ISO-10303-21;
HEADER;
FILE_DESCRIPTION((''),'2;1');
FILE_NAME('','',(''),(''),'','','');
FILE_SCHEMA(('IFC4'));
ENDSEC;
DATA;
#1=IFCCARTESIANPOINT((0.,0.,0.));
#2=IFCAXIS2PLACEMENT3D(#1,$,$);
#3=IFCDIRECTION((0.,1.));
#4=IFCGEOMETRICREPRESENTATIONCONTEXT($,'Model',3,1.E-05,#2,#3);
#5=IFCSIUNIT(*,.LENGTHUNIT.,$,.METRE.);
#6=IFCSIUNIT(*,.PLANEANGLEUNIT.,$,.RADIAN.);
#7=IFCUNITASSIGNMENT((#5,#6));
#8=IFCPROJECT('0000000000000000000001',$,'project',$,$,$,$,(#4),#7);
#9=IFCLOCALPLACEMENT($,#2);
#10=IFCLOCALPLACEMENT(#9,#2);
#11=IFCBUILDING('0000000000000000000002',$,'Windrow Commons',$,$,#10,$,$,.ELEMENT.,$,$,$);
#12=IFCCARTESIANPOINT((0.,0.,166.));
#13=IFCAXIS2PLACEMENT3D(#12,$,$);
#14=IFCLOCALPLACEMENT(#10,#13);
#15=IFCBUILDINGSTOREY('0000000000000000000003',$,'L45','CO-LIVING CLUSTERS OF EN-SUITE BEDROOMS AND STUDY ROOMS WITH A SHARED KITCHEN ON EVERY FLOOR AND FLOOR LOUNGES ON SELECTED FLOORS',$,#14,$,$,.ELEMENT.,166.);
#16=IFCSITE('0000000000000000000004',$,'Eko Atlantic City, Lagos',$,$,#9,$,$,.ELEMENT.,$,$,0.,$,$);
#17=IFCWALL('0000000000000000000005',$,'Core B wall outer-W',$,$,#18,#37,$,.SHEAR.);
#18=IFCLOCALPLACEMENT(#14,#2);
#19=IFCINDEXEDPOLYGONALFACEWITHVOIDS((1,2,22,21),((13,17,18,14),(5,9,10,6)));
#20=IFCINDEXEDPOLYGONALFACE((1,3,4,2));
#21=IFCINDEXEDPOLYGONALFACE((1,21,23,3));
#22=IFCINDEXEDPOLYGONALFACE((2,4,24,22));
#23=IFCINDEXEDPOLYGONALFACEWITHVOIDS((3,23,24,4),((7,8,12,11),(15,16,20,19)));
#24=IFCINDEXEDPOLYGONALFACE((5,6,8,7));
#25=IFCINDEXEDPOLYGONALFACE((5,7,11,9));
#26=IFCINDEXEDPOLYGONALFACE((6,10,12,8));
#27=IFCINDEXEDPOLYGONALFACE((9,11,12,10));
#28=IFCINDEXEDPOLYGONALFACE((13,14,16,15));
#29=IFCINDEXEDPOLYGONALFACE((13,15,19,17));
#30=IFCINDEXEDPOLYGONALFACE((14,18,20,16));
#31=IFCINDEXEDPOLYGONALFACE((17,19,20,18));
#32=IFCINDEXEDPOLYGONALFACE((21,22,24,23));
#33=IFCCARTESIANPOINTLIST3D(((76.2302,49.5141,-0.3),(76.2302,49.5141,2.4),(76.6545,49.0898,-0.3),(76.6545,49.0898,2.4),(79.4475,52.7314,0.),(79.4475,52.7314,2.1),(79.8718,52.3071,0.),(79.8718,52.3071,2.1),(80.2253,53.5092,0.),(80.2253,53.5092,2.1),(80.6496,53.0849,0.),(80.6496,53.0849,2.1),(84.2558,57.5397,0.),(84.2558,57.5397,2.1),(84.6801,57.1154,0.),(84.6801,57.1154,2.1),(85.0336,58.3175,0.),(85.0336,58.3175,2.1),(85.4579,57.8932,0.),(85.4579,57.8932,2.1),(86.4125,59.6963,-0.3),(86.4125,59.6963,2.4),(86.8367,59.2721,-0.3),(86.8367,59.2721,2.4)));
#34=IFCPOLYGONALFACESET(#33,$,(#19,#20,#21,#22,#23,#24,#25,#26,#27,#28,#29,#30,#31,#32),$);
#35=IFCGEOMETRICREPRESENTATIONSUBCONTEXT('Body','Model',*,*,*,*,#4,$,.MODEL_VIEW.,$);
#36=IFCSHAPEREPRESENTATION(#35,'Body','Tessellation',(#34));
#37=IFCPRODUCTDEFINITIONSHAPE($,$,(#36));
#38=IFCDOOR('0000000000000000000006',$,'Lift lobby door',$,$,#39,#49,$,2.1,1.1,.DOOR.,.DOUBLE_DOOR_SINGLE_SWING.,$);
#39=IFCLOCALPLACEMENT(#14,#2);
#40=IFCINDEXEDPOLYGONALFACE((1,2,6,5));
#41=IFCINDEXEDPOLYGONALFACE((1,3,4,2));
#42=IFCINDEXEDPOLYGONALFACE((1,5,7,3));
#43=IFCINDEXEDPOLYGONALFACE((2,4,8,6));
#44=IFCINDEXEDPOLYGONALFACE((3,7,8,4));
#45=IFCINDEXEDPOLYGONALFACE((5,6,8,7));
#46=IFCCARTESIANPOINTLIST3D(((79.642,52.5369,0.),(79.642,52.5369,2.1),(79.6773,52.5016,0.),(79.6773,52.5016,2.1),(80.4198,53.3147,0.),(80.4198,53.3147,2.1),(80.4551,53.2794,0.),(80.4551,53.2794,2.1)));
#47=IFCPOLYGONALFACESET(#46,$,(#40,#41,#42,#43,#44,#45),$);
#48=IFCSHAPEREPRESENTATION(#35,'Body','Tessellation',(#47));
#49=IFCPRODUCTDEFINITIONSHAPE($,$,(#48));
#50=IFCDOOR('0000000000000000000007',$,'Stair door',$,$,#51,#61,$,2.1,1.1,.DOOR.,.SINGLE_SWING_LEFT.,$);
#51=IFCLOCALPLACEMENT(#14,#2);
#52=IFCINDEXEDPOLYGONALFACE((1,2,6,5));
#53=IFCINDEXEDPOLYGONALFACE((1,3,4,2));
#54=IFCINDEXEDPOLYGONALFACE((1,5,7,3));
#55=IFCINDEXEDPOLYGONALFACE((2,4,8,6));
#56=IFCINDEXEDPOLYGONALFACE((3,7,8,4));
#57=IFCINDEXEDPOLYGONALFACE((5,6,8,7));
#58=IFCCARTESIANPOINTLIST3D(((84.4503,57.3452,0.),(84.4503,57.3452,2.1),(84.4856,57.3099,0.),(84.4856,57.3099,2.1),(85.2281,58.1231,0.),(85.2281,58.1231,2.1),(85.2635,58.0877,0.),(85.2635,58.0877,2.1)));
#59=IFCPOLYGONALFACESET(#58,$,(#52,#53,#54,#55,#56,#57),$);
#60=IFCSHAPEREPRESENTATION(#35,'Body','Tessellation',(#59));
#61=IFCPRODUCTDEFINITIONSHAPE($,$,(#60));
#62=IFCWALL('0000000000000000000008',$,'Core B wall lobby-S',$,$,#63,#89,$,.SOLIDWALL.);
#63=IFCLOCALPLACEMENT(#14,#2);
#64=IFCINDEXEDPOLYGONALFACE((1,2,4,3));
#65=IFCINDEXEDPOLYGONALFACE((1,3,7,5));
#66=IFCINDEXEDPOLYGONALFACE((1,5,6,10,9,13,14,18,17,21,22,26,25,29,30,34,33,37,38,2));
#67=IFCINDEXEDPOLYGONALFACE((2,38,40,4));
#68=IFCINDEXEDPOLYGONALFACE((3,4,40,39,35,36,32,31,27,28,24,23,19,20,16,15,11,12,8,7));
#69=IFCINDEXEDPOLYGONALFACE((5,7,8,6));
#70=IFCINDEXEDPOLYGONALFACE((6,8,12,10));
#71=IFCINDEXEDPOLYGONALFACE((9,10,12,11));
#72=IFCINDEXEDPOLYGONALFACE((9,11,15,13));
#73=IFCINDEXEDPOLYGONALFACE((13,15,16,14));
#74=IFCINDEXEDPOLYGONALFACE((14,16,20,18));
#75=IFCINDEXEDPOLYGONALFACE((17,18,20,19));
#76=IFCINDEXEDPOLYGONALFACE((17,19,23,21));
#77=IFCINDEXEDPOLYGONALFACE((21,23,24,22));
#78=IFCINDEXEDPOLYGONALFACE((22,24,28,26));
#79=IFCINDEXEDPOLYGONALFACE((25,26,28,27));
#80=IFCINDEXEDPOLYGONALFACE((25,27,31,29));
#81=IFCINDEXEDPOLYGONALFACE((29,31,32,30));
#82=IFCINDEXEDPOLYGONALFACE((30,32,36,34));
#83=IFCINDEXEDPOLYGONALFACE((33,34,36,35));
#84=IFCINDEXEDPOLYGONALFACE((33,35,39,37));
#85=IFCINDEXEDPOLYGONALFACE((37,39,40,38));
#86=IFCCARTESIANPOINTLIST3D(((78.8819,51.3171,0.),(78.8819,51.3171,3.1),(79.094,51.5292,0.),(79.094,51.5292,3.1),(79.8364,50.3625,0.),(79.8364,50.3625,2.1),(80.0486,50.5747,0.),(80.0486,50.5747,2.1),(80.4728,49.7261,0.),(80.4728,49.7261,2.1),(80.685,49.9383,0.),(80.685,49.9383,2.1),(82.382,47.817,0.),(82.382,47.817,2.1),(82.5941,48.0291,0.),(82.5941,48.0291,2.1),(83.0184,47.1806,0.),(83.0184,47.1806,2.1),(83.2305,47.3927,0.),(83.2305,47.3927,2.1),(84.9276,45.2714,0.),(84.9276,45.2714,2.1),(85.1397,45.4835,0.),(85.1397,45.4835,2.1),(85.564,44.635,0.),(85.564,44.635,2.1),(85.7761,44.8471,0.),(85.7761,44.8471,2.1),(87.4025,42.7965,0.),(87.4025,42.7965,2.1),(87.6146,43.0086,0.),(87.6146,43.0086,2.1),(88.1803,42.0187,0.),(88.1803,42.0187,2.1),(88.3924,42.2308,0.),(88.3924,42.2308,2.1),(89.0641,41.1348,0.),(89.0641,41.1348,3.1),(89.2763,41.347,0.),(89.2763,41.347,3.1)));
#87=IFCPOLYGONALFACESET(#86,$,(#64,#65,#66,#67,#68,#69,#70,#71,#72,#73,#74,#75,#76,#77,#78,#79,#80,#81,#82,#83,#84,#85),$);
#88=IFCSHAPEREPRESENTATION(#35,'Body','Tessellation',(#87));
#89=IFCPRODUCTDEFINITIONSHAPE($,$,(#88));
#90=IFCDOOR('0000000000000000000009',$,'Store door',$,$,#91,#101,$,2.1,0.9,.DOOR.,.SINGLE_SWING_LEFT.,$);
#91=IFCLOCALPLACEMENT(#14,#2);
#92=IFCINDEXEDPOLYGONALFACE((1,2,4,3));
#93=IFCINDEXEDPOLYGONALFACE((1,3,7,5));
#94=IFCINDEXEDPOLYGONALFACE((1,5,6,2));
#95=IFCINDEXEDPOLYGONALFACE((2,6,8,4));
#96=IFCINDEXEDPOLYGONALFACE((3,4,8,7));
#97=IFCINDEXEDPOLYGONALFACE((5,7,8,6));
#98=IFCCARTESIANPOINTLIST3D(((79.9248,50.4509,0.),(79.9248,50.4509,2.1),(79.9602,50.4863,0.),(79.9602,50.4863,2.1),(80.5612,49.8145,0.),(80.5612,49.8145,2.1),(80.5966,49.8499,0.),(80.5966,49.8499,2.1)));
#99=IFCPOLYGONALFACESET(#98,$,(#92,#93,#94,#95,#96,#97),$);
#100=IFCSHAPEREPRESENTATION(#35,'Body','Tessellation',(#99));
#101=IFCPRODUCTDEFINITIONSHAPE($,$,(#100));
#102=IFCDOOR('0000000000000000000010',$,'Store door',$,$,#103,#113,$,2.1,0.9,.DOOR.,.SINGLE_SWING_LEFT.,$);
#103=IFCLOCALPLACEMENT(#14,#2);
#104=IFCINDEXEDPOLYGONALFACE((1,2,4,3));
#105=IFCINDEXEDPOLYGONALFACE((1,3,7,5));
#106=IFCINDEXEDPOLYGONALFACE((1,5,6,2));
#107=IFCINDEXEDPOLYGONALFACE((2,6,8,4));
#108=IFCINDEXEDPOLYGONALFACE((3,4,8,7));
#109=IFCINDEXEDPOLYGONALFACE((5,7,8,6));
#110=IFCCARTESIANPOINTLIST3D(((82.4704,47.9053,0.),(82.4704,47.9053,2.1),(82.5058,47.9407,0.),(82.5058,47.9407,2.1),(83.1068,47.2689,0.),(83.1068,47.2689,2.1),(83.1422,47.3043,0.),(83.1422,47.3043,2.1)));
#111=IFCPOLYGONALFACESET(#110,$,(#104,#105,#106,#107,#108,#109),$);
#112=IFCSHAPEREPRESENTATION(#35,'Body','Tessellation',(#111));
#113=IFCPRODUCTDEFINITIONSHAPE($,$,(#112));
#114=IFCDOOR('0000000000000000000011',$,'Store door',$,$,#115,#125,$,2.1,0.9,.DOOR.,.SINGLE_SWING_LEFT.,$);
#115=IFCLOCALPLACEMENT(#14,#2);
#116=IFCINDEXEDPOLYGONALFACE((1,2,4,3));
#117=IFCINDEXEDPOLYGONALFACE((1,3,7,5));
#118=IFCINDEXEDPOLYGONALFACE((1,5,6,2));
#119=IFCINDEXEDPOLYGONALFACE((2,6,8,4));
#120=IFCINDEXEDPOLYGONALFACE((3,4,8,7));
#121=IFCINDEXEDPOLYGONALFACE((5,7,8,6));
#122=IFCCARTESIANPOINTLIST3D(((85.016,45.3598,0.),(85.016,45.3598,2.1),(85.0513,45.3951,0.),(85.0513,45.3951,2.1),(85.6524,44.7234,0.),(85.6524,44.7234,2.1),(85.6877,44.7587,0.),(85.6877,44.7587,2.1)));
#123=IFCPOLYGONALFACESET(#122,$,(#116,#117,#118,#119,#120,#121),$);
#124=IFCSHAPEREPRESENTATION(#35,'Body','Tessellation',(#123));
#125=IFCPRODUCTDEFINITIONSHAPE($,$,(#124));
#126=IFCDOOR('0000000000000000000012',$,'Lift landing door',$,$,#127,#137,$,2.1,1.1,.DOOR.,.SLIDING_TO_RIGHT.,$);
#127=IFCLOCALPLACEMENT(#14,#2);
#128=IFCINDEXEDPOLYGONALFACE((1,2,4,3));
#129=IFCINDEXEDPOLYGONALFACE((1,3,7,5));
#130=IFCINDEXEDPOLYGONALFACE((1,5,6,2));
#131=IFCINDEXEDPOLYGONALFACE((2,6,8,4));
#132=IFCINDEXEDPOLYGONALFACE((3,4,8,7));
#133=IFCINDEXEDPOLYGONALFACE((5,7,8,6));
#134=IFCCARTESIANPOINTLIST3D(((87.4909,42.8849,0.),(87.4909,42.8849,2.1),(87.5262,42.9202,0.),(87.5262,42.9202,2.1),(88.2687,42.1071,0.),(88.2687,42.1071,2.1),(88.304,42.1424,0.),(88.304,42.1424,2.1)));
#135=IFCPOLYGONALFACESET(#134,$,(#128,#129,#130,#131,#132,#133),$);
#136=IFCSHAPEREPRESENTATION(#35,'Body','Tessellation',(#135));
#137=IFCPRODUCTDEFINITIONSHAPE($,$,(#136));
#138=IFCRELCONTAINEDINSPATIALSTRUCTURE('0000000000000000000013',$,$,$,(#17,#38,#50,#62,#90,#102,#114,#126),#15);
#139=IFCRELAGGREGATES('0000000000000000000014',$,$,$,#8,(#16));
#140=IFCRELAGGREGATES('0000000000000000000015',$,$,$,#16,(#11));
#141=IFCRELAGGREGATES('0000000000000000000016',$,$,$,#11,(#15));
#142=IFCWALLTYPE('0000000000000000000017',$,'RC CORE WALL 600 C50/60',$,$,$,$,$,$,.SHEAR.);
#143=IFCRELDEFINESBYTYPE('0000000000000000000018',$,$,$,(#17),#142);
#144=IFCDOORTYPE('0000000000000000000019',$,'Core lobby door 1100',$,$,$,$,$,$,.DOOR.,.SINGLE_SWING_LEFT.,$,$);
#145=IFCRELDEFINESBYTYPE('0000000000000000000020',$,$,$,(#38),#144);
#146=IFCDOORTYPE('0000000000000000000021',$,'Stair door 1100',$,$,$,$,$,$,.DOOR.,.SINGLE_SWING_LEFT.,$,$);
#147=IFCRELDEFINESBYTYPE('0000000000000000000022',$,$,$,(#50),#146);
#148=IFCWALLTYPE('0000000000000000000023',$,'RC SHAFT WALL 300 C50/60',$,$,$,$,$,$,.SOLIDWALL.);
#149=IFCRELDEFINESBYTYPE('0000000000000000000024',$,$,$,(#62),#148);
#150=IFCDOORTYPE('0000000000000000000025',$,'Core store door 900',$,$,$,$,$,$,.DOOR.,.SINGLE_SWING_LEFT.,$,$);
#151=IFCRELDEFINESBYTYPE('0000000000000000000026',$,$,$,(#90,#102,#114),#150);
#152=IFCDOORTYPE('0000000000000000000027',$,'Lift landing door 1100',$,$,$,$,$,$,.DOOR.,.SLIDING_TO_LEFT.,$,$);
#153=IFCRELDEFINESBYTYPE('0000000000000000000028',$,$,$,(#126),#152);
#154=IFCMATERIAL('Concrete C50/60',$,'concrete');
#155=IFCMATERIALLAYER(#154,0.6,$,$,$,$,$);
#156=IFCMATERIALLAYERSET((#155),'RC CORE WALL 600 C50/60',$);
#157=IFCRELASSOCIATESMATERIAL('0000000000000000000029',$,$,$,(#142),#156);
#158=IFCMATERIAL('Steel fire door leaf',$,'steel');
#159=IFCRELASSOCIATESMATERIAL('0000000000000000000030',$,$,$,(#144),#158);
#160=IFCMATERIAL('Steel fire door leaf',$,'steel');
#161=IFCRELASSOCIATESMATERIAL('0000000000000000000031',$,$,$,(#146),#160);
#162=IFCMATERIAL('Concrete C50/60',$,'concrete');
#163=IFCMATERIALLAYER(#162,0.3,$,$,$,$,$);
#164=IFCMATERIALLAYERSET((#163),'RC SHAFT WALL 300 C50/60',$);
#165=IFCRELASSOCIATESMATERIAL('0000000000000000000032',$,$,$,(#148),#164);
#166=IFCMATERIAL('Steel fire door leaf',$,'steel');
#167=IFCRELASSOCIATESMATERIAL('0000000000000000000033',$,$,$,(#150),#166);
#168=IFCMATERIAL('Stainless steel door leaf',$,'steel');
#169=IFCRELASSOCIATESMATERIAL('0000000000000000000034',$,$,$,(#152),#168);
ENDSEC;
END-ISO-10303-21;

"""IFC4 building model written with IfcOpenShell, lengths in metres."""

from ifc_helpers import new_model, si_unit, direction, frame, frame_2d, origin, place, context, subcontext, project, spatial, rectangle, extrude, material, layer, layer_set, type_object, element, fill, save


model = new_model("IFC4")

# Units and contexts
model_context = context("Model", 3, precision=1e-05, world=origin(), true_north=direction((0.0, 1.0)))
body_context = subcontext(model_context, "Body", "Model", "MODEL_VIEW")
ifc_project = project(units=[si_unit("LENGTHUNIT", "METRE"), si_unit("PLANEANGLEUNIT", "RADIAN")], contexts=[model_context])

# Site, building, storey
site_placement = place(None, origin())
site = spatial("IfcSite", under=ifc_project, at=site_placement, Name="Eko Atlantic City, Lagos", CompositionType="ELEMENT", RefElevation=0.0)
building_placement = place(site_placement, origin())
building = spatial("IfcBuilding", under=site, at=building_placement, Name="Windrow Commons", CompositionType="ELEMENT")
storey_placement = place(building_placement, frame((0.0, 0.0, 166.0)))
storey = spatial("IfcBuildingStorey", under=building, at=storey_placement, Name="L45", Description="CO-LIVING CLUSTERS OF EN-SUITE BEDROOMS AND STUDY ROOMS WITH A SHARED KITCHEN ON EVERY FLOOR AND FLOOR LOUNGES ON SELECTED FLOORS", CompositionType="ELEMENT", Elevation=166.0)

# Shared definitions
ifc_material_1 = material(Name="Concrete C50/60", Category="concrete")
ifc_layer_1 = layer(ifc_material_1, 0.6)
ifc_layer_set_1 = layer_set([ifc_layer_1], Name="RC CORE WALL 600 C50/60")
wall_type_1 = type_object("IfcWallType", Name="RC CORE WALL 600 C50/60", PredefinedType="SHEAR", material=ifc_layer_set_1)
ifc_material_2 = material(Name="Steel fire door leaf", Category="steel")
door_type_1 = type_object("IfcDoorType", Name="Core lobby door 1100", OperationType="SINGLE_SWING_LEFT", PredefinedType="DOOR", material=ifc_material_2)
ifc_material_3 = material(Name="Steel fire door leaf", Category="steel")
door_type_2 = type_object("IfcDoorType", Name="Stair door 1100", OperationType="SINGLE_SWING_LEFT", PredefinedType="DOOR", material=ifc_material_3)

# Walls, openings, doors
wall_1_placement = place(storey_placement, frame((76.4423, 49.3019, -0.3), z_axis=(0.0, 0.0, 1.0), x_axis=(0.707107, 0.707107, 0.0)))
wall_1 = element("IfcWall", 1, at=wall_1_placement, inside=storey, type_object=wall_type_1, Name="Core B wall outer-W", PredefinedType="SHEAR", context=body_context, shape_type="SweptSolid", body=[
    extrude(rectangle(XDim=14.3999, YDim=0.6, at=frame_2d((7.2, 0.0))), origin(), (0.0, 0.0, 1.0), 2.7),
])
opening_1_placement = place(wall_1_placement, frame((4.55, 0.0, 0.3)))
opening_1 = element("IfcOpeningElement", 2, at=opening_1_placement, cuts=wall_1, PredefinedType="OPENING", context=body_context, shape_type="SweptSolid", body=[
    extrude(rectangle(XDim=1.1, YDim=2.1, at=frame_2d((0.55, 1.05))), frame((0.0, 0.31, 0.0), z_axis=(0.0, -1.0, 0.0), x_axis=(1.0, 0.0, 0.0)), (0.0, 0.0, 1.0), 0.62),
])
opening_2_placement = place(wall_1_placement, frame((11.35, 0.0, 0.3)))
opening_2 = element("IfcOpeningElement", 3, at=opening_2_placement, cuts=wall_1, PredefinedType="OPENING", context=body_context, shape_type="SweptSolid", body=[
    extrude(rectangle(XDim=1.1, YDim=2.1, at=frame_2d((0.55, 1.05))), frame((0.0, 0.31, 0.0), z_axis=(0.0, -1.0, 0.0), x_axis=(1.0, 0.0, 0.0)), (0.0, 0.0, 1.0), 0.62),
])
door_1_placement = place(opening_1_placement, origin())
door_1 = element("IfcDoor", 4, at=door_1_placement, inside=storey, type_object=door_type_1, Name="Lift lobby door", OperationType="DOUBLE_DOOR_SINGLE_SWING", OverallHeight=2.1, OverallWidth=1.1, PredefinedType="DOOR", context=body_context, shape_type="SweptSolid", body=[
    extrude(rectangle(XDim=1.1, YDim=2.1, at=frame_2d((0.55, 1.05))), frame((0.0, 0.025, 0.0), z_axis=(0.0, -1.0, 0.0), x_axis=(1.0, 0.0, 0.0)), (0.0, 0.0, 1.0), 0.05),
])
fill(opening_1, door_1)
door_2_placement = place(opening_2_placement, origin())
door_2 = element("IfcDoor", 5, at=door_2_placement, inside=storey, type_object=door_type_2, Name="Stair door", OperationType="SINGLE_SWING_LEFT", OverallHeight=2.1, OverallWidth=1.1, PredefinedType="DOOR", context=body_context, shape_type="SweptSolid", body=[
    extrude(rectangle(XDim=1.1, YDim=2.1, at=frame_2d((0.55, 1.05))), frame((0.0, 0.025, 0.0), z_axis=(0.0, -1.0, 0.0), x_axis=(1.0, 0.0, 0.0)), (0.0, 0.0, 1.0), 0.05),
])
fill(opening_2, door_2)
ifc_material_4 = material(Name="Concrete C50/60", Category="concrete")
ifc_layer_2 = layer(ifc_material_4, 0.3)
ifc_layer_set_2 = layer_set([ifc_layer_2], Name="RC SHAFT WALL 300 C50/60")
wall_type_2 = type_object("IfcWallType", Name="RC SHAFT WALL 300 C50/60", PredefinedType="SOLIDWALL", material=ifc_layer_set_2)
wall_2_placement = place(storey_placement, frame((78.9879, 51.4232, 0.0), z_axis=(0.0, 0.0, 1.0), x_axis=(0.707107, -0.707107, 0.0)))
wall_2 = element("IfcWall", 6, at=wall_2_placement, inside=storey, type_object=wall_type_2, Name="Core B wall lobby-S", PredefinedType="SOLIDWALL", context=body_context, shape_type="SweptSolid", body=[
    extrude(rectangle(XDim=14.3999, YDim=0.3, at=frame_2d((7.2, 0.0))), origin(), (0.0, 0.0, 1.0), 3.1),
])
opening_3_placement = place(wall_2_placement, frame((1.35, 0.0, 0.0)))
opening_3 = element("IfcOpeningElement", 7, at=opening_3_placement, cuts=wall_2, PredefinedType="OPENING", context=body_context, shape_type="SweptSolid", body=[
    extrude(rectangle(XDim=0.9, YDim=2.1, at=frame_2d((0.45, 1.05))), frame((0.0, 0.16, 0.0), z_axis=(0.0, -1.0, 0.0), x_axis=(1.0, 0.0, 0.0)), (0.0, 0.0, 1.0), 0.32),
])
opening_4_placement = place(wall_2_placement, frame((4.95, 0.0, 0.0)))
opening_4 = element("IfcOpeningElement", 8, at=opening_4_placement, cuts=wall_2, PredefinedType="OPENING", context=body_context, shape_type="SweptSolid", body=[
    extrude(rectangle(XDim=0.9, YDim=2.1, at=frame_2d((0.45, 1.05))), frame((0.0, 0.16, 0.0), z_axis=(0.0, -1.0, 0.0), x_axis=(1.0, 0.0, 0.0)), (0.0, 0.0, 1.0), 0.32),
])
opening_5_placement = place(wall_2_placement, frame((8.55, 0.0, 0.0)))
opening_5 = element("IfcOpeningElement", 9, at=opening_5_placement, cuts=wall_2, PredefinedType="OPENING", context=body_context, shape_type="SweptSolid", body=[
    extrude(rectangle(XDim=0.9, YDim=2.1, at=frame_2d((0.45, 1.05))), frame((0.0, 0.16, 0.0), z_axis=(0.0, -1.0, 0.0), x_axis=(1.0, 0.0, 0.0)), (0.0, 0.0, 1.0), 0.32),
])
opening_6_placement = place(wall_2_placement, frame((12.05, 0.0, 0.0)))
opening_6 = element("IfcOpeningElement", 10, at=opening_6_placement, cuts=wall_2, PredefinedType="OPENING", context=body_context, shape_type="SweptSolid", body=[
    extrude(rectangle(XDim=1.1, YDim=2.1, at=frame_2d((0.55, 1.05))), frame((0.0, 0.16, 0.0), z_axis=(0.0, -1.0, 0.0), x_axis=(1.0, 0.0, 0.0)), (0.0, 0.0, 1.0), 0.32),
])
ifc_material_5 = material(Name="Steel fire door leaf", Category="steel")
door_type_3 = type_object("IfcDoorType", Name="Core store door 900", OperationType="SINGLE_SWING_LEFT", PredefinedType="DOOR", material=ifc_material_5)
door_3_placement = place(opening_3_placement, origin())
door_3 = element("IfcDoor", 11, at=door_3_placement, inside=storey, type_object=door_type_3, Name="Store door", OperationType="SINGLE_SWING_LEFT", OverallHeight=2.1, OverallWidth=0.9, PredefinedType="DOOR", context=body_context, shape_type="SweptSolid", body=[
    extrude(rectangle(XDim=0.9, YDim=2.1, at=frame_2d((0.45, 1.05))), frame((0.0, 0.025, 0.0), z_axis=(0.0, -1.0, 0.0), x_axis=(1.0, 0.0, 0.0)), (0.0, 0.0, 1.0), 0.05),
])
fill(opening_3, door_3)
door_4_placement = place(opening_4_placement, origin())
door_4 = element("IfcDoor", 12, at=door_4_placement, inside=storey, type_object=door_type_3, Name="Store door", OperationType="SINGLE_SWING_LEFT", OverallHeight=2.1, OverallWidth=0.9, PredefinedType="DOOR", context=body_context, shape_type="SweptSolid", body=[
    extrude(rectangle(XDim=0.9, YDim=2.1, at=frame_2d((0.45, 1.05))), frame((0.0, 0.025, 0.0), z_axis=(0.0, -1.0, 0.0), x_axis=(1.0, 0.0, 0.0)), (0.0, 0.0, 1.0), 0.05),
])
fill(opening_4, door_4)
door_5_placement = place(opening_5_placement, origin())
door_5 = element("IfcDoor", 13, at=door_5_placement, inside=storey, type_object=door_type_3, Name="Store door", OperationType="SINGLE_SWING_LEFT", OverallHeight=2.1, OverallWidth=0.9, PredefinedType="DOOR", context=body_context, shape_type="SweptSolid", body=[
    extrude(rectangle(XDim=0.9, YDim=2.1, at=frame_2d((0.45, 1.05))), frame((0.0, 0.025, 0.0), z_axis=(0.0, -1.0, 0.0), x_axis=(1.0, 0.0, 0.0)), (0.0, 0.0, 1.0), 0.05),
])
fill(opening_5, door_5)
ifc_material_6 = material(Name="Stainless steel door leaf", Category="steel")
door_type_4 = type_object("IfcDoorType", Name="Lift landing door 1100", OperationType="SLIDING_TO_LEFT", PredefinedType="DOOR", material=ifc_material_6)
door_6_placement = place(opening_6_placement, origin())
door_6 = element("IfcDoor", 14, at=door_6_placement, inside=storey, type_object=door_type_4, Name="Lift landing door", OperationType="SLIDING_TO_RIGHT", OverallHeight=2.1, OverallWidth=1.1, PredefinedType="DOOR", context=body_context, shape_type="SweptSolid", body=[
    extrude(rectangle(XDim=1.1, YDim=2.1, at=frame_2d((0.55, 1.05))), frame((0.0, 0.025, 0.0), z_axis=(0.0, -1.0, 0.0), x_axis=(1.0, 0.0, 0.0)), (0.0, 0.0, 1.0), 0.05),
])
fill(opening_6, door_6)

save(model, "model.ifc")
